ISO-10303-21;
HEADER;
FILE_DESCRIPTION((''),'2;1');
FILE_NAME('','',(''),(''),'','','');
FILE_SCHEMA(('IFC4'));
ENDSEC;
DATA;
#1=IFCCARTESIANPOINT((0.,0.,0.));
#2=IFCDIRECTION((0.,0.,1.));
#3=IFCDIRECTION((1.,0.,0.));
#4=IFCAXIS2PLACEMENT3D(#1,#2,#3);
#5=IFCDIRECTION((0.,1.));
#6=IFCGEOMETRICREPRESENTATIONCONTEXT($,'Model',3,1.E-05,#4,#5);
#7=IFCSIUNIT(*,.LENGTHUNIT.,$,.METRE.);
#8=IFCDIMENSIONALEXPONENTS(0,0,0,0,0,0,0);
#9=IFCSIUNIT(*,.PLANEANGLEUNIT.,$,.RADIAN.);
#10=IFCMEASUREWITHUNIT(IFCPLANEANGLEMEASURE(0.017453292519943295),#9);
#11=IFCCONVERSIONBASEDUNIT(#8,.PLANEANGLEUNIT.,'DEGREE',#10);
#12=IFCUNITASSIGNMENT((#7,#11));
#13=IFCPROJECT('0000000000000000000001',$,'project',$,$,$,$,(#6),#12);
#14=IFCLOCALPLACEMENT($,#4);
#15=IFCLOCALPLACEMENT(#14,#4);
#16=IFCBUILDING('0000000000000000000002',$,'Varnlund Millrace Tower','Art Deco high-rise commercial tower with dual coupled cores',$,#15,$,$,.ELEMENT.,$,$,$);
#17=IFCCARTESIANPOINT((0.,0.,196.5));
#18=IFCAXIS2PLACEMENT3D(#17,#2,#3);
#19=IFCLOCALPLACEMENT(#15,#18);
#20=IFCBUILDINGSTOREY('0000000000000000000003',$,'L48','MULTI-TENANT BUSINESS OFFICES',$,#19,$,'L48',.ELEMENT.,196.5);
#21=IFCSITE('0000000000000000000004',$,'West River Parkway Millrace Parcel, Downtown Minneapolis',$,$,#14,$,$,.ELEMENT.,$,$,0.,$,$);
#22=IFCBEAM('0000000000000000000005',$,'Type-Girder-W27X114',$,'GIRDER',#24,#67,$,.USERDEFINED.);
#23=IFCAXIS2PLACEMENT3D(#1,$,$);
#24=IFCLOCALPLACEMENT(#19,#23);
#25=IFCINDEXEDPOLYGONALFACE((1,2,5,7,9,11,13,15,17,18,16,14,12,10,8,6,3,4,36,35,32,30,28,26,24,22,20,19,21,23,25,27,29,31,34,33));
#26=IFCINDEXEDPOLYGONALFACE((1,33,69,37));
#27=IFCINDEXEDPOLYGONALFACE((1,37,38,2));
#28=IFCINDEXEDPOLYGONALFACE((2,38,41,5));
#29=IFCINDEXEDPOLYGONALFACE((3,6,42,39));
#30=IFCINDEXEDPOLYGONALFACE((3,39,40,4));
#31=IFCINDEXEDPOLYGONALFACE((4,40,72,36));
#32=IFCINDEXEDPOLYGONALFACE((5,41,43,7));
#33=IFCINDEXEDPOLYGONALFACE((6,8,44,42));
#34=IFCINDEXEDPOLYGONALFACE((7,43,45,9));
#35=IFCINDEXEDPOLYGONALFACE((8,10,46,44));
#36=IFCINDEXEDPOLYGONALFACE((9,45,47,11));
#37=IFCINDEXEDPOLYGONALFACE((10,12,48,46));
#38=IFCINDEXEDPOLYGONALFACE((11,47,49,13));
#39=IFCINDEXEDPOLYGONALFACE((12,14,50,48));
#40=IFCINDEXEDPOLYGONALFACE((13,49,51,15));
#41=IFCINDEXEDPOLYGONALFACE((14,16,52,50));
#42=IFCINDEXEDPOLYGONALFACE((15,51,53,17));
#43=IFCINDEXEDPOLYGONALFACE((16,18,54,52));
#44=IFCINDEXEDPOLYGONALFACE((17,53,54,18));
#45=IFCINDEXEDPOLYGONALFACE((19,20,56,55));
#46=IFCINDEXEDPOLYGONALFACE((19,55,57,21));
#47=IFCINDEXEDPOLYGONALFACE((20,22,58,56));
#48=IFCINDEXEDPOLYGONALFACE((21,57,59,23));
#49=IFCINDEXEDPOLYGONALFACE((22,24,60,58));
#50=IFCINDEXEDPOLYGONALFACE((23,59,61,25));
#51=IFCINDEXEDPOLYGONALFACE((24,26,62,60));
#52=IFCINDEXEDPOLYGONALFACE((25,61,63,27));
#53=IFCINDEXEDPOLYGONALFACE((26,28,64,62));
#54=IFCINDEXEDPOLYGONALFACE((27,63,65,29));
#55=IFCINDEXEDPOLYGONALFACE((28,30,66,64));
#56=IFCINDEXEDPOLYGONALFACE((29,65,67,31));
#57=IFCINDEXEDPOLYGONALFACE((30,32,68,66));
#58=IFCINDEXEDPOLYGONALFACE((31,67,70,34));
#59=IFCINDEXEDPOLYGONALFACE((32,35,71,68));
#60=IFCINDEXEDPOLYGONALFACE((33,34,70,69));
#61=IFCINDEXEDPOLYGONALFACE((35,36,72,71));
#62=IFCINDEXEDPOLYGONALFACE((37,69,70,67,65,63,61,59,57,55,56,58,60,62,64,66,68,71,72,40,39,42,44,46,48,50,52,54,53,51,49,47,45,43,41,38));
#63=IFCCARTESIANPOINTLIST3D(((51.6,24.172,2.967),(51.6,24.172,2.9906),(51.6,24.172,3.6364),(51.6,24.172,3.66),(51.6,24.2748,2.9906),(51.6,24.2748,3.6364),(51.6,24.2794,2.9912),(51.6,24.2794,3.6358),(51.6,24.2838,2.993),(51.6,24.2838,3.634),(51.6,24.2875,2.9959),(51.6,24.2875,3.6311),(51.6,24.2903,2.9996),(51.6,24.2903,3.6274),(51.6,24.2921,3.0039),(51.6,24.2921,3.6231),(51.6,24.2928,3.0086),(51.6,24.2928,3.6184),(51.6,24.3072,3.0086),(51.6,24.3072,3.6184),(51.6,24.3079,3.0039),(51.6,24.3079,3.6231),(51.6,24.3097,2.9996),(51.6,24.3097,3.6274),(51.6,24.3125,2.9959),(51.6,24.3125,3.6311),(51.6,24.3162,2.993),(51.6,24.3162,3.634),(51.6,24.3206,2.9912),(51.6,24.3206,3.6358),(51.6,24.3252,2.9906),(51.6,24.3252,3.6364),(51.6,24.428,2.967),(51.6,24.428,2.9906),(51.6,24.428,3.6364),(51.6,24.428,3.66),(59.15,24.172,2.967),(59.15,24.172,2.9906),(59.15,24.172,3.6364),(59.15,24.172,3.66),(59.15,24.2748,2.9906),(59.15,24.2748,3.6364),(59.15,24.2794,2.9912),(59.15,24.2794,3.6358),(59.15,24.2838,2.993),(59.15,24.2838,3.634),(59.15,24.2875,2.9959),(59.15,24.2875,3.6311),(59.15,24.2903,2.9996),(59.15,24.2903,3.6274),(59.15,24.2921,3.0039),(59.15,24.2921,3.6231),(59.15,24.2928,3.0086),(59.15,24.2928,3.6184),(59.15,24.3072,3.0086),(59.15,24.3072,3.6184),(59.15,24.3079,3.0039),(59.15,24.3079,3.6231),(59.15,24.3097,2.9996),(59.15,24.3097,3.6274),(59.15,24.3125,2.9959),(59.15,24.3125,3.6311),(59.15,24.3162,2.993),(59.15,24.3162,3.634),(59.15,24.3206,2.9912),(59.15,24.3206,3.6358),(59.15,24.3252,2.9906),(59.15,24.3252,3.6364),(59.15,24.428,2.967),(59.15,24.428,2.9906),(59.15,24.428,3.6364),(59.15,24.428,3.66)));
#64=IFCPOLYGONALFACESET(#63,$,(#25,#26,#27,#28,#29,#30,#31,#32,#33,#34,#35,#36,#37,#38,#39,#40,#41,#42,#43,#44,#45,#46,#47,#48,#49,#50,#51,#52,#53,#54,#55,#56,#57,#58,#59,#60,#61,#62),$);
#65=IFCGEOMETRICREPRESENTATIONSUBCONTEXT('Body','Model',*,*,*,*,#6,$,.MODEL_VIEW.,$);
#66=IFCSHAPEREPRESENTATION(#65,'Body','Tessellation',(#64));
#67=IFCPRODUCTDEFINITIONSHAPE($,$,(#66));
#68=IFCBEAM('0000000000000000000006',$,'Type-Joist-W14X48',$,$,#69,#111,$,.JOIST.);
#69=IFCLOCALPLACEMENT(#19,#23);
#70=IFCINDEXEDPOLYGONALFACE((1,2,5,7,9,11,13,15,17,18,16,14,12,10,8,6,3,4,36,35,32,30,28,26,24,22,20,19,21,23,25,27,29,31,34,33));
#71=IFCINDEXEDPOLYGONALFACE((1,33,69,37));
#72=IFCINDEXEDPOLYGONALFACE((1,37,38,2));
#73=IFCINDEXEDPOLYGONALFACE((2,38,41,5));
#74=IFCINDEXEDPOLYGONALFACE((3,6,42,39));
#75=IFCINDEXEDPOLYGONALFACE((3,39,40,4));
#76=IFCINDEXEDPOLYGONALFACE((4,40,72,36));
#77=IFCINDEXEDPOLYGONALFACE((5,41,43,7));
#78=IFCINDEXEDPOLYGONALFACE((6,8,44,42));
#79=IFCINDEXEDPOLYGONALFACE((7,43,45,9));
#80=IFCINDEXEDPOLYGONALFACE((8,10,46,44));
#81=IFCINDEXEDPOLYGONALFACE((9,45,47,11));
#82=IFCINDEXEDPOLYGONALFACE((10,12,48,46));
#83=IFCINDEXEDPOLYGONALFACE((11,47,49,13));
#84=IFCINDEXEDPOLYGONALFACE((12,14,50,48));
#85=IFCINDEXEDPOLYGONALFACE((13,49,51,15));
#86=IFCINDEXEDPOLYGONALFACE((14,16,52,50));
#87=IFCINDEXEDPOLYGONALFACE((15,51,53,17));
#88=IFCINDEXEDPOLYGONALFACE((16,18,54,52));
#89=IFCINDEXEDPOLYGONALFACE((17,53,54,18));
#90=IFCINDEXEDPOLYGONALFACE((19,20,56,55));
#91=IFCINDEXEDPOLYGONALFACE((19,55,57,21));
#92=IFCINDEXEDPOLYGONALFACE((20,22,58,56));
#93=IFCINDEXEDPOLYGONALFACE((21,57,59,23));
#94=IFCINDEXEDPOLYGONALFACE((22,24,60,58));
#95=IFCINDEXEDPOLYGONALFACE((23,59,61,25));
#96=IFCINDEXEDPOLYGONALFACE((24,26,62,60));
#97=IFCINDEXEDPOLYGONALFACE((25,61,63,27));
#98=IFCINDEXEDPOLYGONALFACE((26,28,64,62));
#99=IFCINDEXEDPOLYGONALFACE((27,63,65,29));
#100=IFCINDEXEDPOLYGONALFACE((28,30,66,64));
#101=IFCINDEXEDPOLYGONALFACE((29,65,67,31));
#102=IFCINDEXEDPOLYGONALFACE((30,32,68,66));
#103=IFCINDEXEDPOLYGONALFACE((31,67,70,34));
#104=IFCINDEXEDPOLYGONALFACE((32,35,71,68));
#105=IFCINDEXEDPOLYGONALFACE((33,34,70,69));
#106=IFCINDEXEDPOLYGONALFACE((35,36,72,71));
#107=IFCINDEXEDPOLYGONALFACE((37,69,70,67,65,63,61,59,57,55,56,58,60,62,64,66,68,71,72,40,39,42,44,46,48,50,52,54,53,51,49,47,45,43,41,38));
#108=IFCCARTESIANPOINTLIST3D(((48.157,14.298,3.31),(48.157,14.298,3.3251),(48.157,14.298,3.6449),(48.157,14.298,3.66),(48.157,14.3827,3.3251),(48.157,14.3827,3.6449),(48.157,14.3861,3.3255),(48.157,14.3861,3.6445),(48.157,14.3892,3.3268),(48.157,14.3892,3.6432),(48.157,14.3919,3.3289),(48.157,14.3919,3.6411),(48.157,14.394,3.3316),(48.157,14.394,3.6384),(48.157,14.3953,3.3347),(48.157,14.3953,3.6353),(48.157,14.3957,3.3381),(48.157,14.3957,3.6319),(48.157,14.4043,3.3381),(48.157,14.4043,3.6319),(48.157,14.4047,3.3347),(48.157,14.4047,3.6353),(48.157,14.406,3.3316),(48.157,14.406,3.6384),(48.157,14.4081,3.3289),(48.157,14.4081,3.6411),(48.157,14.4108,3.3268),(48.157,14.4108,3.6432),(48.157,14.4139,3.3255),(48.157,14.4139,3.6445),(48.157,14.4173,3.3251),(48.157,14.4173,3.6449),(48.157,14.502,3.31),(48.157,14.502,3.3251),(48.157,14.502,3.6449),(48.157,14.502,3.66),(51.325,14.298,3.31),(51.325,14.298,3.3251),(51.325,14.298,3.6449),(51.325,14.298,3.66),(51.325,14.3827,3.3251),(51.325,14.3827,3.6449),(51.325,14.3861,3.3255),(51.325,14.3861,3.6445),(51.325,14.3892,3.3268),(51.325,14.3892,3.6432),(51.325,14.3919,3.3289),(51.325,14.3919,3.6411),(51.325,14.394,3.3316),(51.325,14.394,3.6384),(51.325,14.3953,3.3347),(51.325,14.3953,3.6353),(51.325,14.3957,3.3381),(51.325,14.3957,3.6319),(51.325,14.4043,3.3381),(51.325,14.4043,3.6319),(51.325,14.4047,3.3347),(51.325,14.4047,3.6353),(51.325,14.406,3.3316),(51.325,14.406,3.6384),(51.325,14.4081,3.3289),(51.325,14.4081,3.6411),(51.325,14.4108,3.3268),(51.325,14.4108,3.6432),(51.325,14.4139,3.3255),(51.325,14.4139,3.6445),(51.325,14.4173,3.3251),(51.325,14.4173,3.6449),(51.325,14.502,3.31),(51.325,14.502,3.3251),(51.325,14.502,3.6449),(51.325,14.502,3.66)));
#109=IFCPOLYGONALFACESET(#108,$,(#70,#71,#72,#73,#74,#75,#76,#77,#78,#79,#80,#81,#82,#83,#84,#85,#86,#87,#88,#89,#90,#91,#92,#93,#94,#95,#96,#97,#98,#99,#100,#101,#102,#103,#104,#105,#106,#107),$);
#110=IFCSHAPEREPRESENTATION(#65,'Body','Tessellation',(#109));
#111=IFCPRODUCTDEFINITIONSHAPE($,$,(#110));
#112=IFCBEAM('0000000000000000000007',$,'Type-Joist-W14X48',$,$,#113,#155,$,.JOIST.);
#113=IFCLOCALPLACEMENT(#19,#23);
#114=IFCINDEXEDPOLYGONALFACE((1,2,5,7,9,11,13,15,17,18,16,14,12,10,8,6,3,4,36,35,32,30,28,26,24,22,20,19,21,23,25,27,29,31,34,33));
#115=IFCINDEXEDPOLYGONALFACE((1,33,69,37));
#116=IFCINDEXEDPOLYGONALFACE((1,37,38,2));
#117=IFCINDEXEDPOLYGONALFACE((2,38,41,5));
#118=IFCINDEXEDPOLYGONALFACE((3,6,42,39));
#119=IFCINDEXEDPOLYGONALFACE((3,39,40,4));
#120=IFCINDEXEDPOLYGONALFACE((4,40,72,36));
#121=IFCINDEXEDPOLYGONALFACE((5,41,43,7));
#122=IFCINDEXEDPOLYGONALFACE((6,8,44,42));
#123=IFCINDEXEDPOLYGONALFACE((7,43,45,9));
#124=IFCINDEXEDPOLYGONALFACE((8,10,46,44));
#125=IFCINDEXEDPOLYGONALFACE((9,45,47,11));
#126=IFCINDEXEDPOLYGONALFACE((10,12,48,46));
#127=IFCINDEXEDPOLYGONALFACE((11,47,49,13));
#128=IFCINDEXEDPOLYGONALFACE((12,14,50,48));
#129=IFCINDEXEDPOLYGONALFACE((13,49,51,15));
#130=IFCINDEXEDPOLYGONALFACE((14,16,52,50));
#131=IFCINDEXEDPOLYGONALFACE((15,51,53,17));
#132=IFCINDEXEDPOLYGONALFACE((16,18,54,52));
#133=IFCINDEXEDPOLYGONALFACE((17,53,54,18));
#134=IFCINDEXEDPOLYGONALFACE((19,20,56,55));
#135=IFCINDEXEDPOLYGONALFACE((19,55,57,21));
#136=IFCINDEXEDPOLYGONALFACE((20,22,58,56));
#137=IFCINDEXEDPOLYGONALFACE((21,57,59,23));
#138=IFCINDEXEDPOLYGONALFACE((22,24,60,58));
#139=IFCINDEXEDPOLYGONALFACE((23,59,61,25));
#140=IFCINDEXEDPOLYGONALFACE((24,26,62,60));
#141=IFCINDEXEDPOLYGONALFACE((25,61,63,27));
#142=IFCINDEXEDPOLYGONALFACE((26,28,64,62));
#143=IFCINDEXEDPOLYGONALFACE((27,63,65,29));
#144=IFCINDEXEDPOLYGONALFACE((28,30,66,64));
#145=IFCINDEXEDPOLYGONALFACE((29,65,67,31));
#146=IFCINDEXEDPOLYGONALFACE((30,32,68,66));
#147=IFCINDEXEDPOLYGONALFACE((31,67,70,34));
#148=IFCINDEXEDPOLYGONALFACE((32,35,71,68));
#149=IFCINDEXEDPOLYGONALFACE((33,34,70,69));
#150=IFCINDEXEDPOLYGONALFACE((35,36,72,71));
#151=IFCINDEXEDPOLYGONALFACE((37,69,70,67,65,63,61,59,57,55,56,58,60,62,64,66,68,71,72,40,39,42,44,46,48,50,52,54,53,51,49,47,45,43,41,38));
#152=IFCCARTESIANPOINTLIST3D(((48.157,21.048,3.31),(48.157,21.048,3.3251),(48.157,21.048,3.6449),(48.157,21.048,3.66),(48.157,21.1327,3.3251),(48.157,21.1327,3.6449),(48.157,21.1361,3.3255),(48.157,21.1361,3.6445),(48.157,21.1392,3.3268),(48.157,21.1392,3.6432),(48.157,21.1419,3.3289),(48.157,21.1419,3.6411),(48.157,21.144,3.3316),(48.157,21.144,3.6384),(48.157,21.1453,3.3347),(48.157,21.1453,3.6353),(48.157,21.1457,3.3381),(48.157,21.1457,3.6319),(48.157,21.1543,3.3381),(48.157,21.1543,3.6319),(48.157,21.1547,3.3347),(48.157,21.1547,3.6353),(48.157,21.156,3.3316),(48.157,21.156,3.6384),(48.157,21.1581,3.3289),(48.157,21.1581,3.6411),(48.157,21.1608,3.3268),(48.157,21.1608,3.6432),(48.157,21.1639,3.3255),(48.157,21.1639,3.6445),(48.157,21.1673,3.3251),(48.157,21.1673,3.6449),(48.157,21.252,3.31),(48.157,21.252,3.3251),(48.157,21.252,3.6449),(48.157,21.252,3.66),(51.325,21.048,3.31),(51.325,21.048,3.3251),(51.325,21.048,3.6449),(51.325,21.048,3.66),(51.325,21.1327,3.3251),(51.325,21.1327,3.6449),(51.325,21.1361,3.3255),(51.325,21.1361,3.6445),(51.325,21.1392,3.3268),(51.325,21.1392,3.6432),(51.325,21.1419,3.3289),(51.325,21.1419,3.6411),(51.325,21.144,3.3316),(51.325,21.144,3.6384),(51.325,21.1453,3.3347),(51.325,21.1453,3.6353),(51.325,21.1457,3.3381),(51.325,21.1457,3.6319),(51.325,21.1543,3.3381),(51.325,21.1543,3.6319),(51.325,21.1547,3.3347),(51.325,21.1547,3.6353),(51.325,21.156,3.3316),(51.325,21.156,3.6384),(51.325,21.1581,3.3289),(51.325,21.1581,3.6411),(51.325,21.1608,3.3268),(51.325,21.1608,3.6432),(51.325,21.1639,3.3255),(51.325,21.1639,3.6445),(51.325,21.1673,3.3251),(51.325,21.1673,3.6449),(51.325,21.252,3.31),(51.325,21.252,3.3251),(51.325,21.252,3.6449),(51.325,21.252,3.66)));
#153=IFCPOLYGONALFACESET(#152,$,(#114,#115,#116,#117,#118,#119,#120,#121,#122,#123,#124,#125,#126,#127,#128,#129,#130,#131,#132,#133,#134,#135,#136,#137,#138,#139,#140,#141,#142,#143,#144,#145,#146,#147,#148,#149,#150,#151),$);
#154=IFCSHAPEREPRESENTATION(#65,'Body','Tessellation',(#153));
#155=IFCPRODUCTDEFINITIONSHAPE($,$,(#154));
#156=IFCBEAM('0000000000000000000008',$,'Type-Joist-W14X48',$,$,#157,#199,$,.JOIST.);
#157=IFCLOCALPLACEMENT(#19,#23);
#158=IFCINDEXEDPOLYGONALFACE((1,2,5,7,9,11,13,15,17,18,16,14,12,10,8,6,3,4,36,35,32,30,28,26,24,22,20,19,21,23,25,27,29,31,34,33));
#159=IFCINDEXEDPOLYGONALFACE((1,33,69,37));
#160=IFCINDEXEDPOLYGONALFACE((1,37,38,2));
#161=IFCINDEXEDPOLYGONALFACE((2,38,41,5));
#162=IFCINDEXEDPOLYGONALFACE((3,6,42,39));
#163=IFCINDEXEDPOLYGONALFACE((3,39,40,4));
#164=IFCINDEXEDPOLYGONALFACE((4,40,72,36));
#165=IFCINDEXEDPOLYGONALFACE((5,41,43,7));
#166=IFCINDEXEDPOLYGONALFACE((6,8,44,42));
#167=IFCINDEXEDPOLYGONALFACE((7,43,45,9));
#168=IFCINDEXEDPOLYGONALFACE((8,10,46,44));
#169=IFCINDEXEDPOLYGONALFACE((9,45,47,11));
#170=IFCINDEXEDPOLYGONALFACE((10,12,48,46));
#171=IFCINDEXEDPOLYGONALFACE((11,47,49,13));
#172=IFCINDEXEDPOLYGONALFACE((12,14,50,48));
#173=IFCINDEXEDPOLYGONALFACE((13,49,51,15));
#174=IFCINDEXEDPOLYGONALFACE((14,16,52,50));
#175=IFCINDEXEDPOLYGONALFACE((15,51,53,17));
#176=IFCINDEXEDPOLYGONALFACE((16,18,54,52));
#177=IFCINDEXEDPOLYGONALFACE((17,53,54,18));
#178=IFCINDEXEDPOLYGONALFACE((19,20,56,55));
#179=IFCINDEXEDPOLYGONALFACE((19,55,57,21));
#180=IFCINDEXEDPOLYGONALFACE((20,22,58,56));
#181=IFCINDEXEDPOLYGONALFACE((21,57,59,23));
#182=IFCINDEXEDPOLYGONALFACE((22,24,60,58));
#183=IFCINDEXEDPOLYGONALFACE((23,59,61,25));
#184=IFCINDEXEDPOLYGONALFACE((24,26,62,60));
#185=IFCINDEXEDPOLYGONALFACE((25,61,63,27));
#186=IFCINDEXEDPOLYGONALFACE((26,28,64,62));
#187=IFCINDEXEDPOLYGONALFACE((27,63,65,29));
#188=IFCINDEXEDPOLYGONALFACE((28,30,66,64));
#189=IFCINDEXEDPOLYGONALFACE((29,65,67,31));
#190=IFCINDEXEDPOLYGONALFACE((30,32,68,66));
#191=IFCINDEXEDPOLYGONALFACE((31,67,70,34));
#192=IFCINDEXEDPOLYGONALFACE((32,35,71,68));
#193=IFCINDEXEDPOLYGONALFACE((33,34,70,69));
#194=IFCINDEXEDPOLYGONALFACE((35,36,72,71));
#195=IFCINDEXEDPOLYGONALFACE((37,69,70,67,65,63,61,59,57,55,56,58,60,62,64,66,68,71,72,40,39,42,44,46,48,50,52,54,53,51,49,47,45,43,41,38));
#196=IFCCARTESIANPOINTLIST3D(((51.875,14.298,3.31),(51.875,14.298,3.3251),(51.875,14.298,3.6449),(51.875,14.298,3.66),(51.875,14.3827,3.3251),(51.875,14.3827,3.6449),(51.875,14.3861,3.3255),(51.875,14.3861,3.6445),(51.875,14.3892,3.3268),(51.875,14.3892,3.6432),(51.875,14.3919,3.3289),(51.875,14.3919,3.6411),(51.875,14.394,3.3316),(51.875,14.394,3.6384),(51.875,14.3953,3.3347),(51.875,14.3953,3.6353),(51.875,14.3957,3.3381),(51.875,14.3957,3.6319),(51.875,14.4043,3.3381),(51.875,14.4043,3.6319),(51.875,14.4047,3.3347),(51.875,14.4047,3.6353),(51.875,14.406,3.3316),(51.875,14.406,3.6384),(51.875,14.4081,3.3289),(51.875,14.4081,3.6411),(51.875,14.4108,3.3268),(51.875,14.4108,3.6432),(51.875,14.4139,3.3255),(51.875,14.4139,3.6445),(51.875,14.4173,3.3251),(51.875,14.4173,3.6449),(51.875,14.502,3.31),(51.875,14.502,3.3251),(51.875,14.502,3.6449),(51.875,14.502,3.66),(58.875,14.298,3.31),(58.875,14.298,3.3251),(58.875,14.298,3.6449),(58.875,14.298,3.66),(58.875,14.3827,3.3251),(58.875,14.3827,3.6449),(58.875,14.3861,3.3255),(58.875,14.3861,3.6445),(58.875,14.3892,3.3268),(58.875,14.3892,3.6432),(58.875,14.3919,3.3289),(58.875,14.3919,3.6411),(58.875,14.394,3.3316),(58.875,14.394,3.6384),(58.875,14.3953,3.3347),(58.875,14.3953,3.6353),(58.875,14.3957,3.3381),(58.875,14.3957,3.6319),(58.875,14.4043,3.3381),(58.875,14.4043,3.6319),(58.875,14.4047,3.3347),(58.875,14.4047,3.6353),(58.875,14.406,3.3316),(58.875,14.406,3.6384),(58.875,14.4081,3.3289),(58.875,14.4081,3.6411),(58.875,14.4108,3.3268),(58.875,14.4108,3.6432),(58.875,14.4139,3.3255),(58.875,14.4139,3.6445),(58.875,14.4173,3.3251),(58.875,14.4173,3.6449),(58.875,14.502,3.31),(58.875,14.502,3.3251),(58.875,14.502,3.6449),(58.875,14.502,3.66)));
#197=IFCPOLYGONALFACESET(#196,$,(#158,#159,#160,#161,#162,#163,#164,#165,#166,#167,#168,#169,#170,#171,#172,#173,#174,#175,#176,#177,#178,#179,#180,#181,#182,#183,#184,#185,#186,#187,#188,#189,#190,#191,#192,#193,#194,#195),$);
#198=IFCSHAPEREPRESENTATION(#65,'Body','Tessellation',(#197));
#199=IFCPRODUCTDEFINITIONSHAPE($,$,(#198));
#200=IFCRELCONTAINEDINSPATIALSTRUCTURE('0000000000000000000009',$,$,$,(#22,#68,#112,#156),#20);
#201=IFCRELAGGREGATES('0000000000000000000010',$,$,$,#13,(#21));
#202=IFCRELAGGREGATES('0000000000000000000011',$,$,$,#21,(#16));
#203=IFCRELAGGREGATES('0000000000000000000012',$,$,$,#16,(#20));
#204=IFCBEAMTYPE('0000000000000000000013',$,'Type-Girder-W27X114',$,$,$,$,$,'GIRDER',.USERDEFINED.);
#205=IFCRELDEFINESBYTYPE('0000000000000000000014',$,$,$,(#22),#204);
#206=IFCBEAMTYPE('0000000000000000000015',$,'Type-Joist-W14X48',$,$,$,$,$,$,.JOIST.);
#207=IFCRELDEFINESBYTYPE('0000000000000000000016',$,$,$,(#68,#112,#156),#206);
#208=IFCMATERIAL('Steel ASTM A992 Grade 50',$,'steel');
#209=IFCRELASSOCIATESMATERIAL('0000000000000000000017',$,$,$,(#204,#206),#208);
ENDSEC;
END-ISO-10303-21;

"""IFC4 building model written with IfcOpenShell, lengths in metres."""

from ifc_helpers import new_model, entity, si_unit, converted_unit, direction, frame, origin_with_axes, origin_2d_with_axis, place, context, subcontext, project, spatial, i_section, extrude, material, material_profile, profile_set, type_object, element, save


model = new_model("IFC4")

# Units and contexts
model_context = context("Model", 3, precision=1e-05, world=origin_with_axes(), true_north=direction((0.0, 1.0)))
body_context = subcontext(model_context, "Body", "Model", "MODEL_VIEW")
ifc_project = project(units=[si_unit("LENGTHUNIT", "METRE"), converted_unit("PLANEANGLEUNIT", "DEGREE", entity("IfcPlaneAngleMeasure", 0.017453292519943295), si_unit("PLANEANGLEUNIT", "RADIAN"), dimensions=[0, 0, 0, 0, 0, 0, 0])], contexts=[model_context])

# Site, building, storey
site_placement = place(None, origin_with_axes())
site = spatial("IfcSite", under=ifc_project, at=site_placement, Name="West River Parkway Millrace Parcel, Downtown Minneapolis", CompositionType="ELEMENT", RefElevation=0.0)
building_placement = place(site_placement, origin_with_axes())
building = spatial("IfcBuilding", under=site, at=building_placement, Name="Varnlund Millrace Tower", Description="Art Deco high-rise commercial tower with dual coupled cores", CompositionType="ELEMENT")
storey_placement = place(building_placement, frame((0.0, 0.0, 196.5), z_axis=(0.0, 0.0, 1.0), x_axis=(1.0, 0.0, 0.0)))
storey = spatial("IfcBuildingStorey", under=building, at=storey_placement, Name="L48", Description="MULTI-TENANT BUSINESS OFFICES", LongName="L48", CompositionType="ELEMENT", Elevation=196.5)

# Beams
ifc_material_1 = material(Name="Steel ASTM A992 Grade 50", Category="steel")
ifc_material_profile_1 = material_profile(ifc_material_1, i_section(OverallWidth=0.256, OverallDepth=0.693, WebThickness=0.0145, FlangeThickness=0.0236, FilletRadius=0.018, at=origin_2d_with_axis()), Name="Steel ASTM A992 Grade 50")
ifc_profile_set_1 = profile_set([ifc_material_profile_1], Name="Steel ASTM A992 Grade 50")
beam_type_1 = type_object("IfcBeamType", Name="Type-Girder-W27X114", ElementType="GIRDER", PredefinedType="USERDEFINED", material=ifc_profile_set_1)
beam_1_placement = place(storey_placement, frame((51.6, 24.3, 3.3135), z_axis=(1.0, 0.0, 0.0), x_axis=(0.0, 1.0, 0.0)))
element("IfcBeam", 1, at=beam_1_placement, inside=storey, type_object=beam_type_1, Name="Type-Girder-W27X114", ObjectType="GIRDER", PredefinedType="USERDEFINED", context=body_context, shape_type="SweptSolid", body=[
    extrude(i_section(OverallWidth=0.256, OverallDepth=0.693, WebThickness=0.0145, FlangeThickness=0.0236, FilletRadius=0.018, at=origin_2d_with_axis()), origin_with_axes(), (0.0, 0.0, 1.0), 7.55),
])
ifc_material_profile_2 = material_profile(ifc_material_1, i_section(OverallWidth=0.204, OverallDepth=0.35, WebThickness=0.0086, FlangeThickness=0.0151, FilletRadius=0.013, at=origin_2d_with_axis()), Name="Steel ASTM A992 Grade 50")
ifc_profile_set_2 = profile_set([ifc_material_profile_2], Name="Steel ASTM A992 Grade 50")
beam_type_2 = type_object("IfcBeamType", Name="Type-Joist-W14X48", PredefinedType="JOIST", material=ifc_profile_set_2)
for number, where, z_axis, x_axis, name in (
    (2, (48.157, 14.4, 3.485), (1.0, 0.0, 0.0), (0.0, 1.0, 0.0), "Type-Joist-W14X48"),
    (3, (48.157, 21.15, 3.485), (1.0, 0.0, 0.0), (0.0, 1.0, 0.0), "Type-Joist-W14X48"),
):
    element("IfcBeam", number, at=place(storey_placement, frame(where, z_axis=z_axis, x_axis=x_axis)), inside=storey, type_object=beam_type_2, Name=name, PredefinedType="JOIST", context=body_context, shape_type="SweptSolid", body=[
        extrude(i_section(OverallWidth=0.204, OverallDepth=0.35, WebThickness=0.0086, FlangeThickness=0.0151, FilletRadius=0.013, at=origin_2d_with_axis()), origin_with_axes(), (0.0, 0.0, 1.0), 3.168),
    ])
for number, where, z_axis, x_axis, name in (
    (4, (51.875, 14.4, 3.485), (1.0, 0.0, 0.0), (0.0, 1.0, 0.0), "Type-Joist-W14X48"),
):
    element("IfcBeam", number, at=place(storey_placement, frame(where, z_axis=z_axis, x_axis=x_axis)), inside=storey, type_object=beam_type_2, Name=name, PredefinedType="JOIST", context=body_context, shape_type="SweptSolid", body=[
        extrude(i_section(OverallWidth=0.204, OverallDepth=0.35, WebThickness=0.0086, FlangeThickness=0.0151, FilletRadius=0.013, at=origin_2d_with_axis()), origin_with_axes(), (0.0, 0.0, 1.0), 7.0),
    ])

save(model, "model.ifc")
